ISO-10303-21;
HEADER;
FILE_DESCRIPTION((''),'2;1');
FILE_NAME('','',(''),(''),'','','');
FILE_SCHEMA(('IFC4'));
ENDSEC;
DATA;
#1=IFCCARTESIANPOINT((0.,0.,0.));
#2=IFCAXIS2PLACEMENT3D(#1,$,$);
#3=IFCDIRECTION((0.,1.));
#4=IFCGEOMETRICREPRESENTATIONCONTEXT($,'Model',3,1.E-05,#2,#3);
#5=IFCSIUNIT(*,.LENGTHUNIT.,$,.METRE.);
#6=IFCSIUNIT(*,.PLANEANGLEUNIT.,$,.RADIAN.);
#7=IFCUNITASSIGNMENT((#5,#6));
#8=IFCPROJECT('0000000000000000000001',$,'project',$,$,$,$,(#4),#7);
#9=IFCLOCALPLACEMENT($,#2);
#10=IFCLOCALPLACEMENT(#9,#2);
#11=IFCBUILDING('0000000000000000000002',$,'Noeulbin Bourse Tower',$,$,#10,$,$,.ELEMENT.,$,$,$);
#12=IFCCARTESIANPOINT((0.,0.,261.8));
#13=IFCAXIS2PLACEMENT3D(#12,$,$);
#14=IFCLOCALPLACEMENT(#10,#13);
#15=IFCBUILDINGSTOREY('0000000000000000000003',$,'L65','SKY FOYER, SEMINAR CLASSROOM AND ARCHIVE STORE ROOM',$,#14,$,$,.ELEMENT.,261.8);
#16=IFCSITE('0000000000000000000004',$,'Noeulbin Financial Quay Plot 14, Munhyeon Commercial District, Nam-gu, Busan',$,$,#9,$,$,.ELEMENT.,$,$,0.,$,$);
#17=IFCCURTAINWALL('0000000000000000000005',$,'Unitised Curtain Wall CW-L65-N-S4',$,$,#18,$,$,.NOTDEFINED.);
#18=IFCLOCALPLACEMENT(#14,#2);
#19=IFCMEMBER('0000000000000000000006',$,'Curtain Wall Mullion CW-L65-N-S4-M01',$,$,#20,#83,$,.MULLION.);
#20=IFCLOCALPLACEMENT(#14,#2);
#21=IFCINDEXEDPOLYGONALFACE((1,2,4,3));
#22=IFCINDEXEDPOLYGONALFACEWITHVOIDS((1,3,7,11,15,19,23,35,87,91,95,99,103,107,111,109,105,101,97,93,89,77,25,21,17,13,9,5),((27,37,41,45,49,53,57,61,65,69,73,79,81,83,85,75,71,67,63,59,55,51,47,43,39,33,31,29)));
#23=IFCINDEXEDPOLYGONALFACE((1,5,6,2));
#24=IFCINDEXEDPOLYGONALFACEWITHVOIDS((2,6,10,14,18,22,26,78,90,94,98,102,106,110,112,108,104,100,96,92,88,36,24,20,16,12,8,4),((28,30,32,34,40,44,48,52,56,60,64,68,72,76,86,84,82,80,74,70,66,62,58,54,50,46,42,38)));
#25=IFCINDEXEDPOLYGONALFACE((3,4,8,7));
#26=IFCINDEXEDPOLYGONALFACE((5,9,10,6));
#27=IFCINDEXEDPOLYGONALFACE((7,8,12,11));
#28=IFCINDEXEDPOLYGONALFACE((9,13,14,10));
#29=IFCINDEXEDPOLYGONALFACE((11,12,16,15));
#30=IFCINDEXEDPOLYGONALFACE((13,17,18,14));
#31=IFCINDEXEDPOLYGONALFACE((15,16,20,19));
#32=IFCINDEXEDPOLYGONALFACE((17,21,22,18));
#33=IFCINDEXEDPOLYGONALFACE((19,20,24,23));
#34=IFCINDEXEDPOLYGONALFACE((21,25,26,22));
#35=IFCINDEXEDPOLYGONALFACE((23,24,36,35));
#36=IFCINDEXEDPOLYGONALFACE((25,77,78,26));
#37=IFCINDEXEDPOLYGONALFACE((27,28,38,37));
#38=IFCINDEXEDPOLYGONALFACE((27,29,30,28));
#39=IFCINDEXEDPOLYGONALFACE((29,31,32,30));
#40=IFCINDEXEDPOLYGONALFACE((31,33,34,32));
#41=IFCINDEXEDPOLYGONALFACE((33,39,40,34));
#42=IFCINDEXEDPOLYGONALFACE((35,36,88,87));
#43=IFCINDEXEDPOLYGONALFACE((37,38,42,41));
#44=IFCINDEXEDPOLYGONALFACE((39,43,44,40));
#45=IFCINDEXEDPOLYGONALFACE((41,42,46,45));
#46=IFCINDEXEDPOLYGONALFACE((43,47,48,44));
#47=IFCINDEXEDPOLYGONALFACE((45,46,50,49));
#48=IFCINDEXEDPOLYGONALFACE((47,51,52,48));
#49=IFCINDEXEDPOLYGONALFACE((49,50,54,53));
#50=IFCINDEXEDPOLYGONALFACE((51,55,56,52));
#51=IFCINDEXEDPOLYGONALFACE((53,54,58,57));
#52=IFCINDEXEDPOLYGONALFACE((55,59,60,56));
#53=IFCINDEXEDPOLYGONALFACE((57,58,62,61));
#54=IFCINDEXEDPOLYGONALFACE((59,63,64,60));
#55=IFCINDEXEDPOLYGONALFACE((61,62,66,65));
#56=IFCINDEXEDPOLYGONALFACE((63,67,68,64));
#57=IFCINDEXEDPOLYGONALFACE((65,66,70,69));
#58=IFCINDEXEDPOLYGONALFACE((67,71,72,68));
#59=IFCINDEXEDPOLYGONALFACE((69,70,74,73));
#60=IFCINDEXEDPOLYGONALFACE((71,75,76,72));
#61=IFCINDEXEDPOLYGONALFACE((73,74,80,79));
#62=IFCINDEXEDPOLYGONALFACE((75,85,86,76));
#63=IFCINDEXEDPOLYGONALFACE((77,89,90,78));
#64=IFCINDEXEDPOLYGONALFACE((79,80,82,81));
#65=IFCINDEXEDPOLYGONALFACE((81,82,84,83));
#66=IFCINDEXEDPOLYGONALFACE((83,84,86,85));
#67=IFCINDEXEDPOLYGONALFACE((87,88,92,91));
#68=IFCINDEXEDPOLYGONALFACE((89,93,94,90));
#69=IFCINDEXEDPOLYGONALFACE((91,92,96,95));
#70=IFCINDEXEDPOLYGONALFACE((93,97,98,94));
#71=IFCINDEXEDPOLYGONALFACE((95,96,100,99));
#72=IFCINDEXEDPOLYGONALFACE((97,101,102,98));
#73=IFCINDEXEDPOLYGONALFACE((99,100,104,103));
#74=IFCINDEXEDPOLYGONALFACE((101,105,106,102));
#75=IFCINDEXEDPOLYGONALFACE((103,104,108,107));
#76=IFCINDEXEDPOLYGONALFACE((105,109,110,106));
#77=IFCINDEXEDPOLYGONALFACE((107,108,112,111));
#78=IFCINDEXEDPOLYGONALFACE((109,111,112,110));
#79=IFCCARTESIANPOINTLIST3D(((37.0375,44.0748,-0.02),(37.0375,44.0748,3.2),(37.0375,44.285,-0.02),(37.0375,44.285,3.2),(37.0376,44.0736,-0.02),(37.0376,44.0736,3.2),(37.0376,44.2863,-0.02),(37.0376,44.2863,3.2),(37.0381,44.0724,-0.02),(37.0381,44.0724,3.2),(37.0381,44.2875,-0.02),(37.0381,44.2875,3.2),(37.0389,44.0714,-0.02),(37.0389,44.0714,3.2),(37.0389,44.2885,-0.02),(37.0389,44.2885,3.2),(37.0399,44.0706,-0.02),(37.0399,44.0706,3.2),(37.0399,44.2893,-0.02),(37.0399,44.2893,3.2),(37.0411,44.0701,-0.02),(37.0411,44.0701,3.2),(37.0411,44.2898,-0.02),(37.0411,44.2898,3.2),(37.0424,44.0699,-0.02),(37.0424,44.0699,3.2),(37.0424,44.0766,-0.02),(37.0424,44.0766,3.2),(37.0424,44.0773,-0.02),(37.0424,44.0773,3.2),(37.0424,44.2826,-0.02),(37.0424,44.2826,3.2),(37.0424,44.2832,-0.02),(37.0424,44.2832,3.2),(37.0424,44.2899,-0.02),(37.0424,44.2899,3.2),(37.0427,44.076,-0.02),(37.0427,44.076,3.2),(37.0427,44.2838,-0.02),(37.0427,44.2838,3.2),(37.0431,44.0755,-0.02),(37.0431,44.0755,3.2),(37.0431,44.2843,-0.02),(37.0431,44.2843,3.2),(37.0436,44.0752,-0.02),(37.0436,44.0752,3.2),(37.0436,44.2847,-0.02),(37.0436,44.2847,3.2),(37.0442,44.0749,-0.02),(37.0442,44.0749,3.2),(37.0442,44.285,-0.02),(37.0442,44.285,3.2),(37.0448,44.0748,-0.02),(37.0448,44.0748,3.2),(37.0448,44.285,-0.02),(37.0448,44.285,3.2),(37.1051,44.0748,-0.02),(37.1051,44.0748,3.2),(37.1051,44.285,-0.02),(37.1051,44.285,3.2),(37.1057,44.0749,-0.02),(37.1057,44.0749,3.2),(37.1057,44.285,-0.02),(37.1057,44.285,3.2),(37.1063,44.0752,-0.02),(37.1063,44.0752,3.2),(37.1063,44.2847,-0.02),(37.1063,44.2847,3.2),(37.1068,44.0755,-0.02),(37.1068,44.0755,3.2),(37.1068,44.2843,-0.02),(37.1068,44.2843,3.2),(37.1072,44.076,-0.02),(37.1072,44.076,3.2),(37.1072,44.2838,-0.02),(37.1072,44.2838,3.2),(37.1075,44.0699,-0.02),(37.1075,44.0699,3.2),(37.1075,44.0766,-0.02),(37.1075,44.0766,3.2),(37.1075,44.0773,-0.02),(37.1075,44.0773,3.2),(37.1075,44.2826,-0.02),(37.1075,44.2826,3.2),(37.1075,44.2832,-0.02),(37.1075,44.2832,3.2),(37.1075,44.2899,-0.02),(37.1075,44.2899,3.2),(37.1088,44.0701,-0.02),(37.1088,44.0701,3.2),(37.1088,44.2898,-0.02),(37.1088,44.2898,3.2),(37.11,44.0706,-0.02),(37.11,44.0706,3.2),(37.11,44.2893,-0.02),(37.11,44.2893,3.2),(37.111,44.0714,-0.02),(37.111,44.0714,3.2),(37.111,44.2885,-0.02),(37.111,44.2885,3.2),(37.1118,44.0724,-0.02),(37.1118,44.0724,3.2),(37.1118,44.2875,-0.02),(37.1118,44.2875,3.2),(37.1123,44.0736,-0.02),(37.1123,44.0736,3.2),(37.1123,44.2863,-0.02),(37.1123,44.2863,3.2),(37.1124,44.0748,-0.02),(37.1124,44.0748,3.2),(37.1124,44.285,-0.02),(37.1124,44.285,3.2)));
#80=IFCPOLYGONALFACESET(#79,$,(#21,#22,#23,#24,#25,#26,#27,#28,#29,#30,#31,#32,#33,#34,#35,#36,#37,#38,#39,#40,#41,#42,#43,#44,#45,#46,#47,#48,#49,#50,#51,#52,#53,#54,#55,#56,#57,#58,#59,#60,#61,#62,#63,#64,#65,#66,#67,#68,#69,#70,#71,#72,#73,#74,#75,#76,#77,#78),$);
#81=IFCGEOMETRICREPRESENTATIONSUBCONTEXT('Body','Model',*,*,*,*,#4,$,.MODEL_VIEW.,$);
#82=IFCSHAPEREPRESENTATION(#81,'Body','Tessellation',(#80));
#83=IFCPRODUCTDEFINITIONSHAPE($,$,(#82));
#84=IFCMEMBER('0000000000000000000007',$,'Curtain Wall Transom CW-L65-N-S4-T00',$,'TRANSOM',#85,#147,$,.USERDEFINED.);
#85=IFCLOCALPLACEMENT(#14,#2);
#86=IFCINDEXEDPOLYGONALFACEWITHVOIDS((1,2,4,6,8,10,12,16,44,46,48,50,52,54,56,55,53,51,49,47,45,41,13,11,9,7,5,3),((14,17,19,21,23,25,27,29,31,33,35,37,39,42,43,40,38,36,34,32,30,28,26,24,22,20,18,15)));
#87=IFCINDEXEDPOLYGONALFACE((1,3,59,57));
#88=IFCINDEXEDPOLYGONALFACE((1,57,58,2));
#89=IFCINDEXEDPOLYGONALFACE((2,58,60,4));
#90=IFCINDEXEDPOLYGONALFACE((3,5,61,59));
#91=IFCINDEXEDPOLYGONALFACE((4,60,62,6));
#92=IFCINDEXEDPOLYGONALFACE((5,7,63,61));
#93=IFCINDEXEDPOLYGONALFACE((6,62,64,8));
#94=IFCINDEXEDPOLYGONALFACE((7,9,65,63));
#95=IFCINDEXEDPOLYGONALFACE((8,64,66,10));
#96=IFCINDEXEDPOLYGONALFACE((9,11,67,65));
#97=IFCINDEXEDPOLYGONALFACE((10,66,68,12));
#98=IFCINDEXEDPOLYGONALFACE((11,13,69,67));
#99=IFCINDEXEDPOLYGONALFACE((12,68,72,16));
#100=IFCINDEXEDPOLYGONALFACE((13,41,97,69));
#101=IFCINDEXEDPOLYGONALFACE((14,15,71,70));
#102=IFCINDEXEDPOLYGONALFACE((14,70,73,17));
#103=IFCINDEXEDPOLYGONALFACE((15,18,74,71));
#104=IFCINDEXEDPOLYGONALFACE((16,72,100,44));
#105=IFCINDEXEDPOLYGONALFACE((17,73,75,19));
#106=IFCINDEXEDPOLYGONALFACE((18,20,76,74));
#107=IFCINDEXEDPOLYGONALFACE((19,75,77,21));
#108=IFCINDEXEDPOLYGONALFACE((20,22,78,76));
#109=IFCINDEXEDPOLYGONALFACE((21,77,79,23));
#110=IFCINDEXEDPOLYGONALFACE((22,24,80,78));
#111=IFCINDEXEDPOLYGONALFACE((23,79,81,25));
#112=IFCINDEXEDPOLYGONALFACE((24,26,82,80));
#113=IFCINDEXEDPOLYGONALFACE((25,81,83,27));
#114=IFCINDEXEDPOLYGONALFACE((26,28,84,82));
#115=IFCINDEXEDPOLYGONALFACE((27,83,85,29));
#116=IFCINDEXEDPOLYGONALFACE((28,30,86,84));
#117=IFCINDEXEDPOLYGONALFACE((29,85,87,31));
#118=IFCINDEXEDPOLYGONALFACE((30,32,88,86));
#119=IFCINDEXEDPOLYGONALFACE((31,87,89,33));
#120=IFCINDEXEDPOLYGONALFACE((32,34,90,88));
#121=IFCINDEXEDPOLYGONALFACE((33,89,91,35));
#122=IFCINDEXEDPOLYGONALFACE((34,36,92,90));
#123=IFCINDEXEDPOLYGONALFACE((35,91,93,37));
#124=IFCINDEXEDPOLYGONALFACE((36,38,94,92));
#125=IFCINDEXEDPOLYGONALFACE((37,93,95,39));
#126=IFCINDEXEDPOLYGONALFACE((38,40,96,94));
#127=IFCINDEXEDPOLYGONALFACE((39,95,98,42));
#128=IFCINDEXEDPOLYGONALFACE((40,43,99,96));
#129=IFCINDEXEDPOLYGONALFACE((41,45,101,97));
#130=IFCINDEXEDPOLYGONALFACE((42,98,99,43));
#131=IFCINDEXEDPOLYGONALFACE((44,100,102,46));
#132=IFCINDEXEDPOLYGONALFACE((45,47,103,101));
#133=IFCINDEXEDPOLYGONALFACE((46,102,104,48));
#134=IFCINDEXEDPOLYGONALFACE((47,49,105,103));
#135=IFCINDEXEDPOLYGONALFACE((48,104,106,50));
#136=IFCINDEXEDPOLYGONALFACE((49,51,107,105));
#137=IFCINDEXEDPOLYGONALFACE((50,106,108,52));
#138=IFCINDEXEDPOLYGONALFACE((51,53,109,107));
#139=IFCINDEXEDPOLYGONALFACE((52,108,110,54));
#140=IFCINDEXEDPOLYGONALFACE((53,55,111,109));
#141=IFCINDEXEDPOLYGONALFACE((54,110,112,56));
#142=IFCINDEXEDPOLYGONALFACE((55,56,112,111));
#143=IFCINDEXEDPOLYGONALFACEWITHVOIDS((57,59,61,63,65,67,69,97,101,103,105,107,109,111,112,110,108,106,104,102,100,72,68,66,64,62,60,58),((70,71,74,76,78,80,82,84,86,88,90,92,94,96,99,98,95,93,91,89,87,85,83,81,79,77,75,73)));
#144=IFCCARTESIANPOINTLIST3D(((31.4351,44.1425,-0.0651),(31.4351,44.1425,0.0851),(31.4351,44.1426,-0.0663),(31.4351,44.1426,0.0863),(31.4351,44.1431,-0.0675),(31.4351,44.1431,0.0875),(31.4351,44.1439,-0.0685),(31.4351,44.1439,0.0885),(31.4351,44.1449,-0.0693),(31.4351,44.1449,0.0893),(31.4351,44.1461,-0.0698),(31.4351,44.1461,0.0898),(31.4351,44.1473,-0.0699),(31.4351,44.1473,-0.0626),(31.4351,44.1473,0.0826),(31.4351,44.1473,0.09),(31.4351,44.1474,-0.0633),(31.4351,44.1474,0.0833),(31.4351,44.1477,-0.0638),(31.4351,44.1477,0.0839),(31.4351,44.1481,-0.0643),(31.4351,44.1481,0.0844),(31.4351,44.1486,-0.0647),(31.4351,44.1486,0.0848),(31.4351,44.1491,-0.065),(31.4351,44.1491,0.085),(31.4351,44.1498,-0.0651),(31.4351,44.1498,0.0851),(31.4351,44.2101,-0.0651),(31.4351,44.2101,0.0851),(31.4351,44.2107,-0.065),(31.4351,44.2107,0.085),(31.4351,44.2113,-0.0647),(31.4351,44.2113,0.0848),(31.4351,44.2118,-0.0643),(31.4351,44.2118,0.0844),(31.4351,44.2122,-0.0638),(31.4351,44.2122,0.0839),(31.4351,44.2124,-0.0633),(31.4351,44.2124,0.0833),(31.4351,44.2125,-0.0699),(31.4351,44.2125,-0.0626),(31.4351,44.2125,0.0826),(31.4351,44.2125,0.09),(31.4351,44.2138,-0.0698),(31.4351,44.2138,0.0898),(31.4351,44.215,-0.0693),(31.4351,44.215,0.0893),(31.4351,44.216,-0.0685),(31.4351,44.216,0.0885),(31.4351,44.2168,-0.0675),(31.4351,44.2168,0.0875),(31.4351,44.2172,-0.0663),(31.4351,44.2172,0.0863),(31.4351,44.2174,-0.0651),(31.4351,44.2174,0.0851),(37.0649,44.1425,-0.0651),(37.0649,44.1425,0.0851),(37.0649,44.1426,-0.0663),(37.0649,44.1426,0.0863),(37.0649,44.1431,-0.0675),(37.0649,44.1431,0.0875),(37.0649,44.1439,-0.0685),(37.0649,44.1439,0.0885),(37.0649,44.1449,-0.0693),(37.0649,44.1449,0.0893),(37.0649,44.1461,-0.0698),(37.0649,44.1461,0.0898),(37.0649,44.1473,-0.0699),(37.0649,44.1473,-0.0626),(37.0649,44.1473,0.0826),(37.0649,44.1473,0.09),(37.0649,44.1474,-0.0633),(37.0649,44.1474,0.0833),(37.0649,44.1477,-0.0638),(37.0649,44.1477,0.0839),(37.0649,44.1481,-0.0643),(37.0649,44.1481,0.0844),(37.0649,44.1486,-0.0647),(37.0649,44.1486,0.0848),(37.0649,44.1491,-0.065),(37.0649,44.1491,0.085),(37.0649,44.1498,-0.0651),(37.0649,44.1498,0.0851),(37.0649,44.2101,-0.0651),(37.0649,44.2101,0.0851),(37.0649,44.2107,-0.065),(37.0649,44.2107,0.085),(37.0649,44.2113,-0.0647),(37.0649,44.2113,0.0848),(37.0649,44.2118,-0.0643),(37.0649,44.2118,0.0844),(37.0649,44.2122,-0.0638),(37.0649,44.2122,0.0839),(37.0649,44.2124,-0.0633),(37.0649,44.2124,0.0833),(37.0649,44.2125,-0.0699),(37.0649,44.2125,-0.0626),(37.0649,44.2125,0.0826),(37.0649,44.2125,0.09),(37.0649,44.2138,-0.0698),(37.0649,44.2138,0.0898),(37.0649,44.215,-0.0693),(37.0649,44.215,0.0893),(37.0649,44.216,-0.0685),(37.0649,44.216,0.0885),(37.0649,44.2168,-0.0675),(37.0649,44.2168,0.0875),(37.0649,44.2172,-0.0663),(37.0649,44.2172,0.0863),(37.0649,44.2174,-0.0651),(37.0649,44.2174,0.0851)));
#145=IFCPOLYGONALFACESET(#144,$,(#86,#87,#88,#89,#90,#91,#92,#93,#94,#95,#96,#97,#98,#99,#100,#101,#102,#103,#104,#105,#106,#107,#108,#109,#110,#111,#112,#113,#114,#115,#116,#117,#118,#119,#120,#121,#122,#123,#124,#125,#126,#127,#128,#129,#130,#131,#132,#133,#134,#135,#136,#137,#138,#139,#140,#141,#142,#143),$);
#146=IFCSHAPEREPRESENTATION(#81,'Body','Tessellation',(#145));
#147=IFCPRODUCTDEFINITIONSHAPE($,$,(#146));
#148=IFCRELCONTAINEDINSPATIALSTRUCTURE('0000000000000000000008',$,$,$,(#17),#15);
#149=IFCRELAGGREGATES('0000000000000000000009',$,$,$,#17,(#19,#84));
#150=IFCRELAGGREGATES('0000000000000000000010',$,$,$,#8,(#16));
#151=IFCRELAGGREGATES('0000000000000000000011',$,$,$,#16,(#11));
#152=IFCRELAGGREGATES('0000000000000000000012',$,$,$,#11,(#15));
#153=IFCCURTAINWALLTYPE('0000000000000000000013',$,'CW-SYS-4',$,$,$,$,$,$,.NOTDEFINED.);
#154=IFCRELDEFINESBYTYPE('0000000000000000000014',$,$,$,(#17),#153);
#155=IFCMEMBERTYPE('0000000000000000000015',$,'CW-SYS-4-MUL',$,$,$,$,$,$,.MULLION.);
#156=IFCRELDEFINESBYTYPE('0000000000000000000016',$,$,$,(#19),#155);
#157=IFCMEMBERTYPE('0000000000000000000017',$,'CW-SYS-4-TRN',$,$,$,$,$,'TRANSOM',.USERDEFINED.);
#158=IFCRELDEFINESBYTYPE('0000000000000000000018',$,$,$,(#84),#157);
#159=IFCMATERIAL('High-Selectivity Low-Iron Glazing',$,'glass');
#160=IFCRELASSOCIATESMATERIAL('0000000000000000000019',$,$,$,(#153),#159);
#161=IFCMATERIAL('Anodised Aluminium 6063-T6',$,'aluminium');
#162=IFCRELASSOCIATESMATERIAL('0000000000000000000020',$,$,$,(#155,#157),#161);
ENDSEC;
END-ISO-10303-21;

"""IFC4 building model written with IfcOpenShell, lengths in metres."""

from ifc_helpers import new_model, si_unit, direction, frame, origin, origin_2d, place, context, subcontext, project, spatial, hollow_rectangle, extrude, material, material_profile, profile_set, type_object, element, aggregate, save


model = new_model("IFC4")

# Units and contexts
model_context = context("Model", 3, precision=1e-05, world=origin(), true_north=direction((0.0, 1.0)))
body_context = subcontext(model_context, "Body", "Model", "MODEL_VIEW")
ifc_project = project(units=[si_unit("LENGTHUNIT", "METRE"), si_unit("PLANEANGLEUNIT", "RADIAN")], contexts=[model_context])

# Site, building, storey
site_placement = place(None, origin())
site = spatial("IfcSite", under=ifc_project, at=site_placement, Name="Noeulbin Financial Quay Plot 14, Munhyeon Commercial District, Nam-gu, Busan", CompositionType="ELEMENT", RefElevation=0.0)
building_placement = place(site_placement, origin())
building = spatial("IfcBuilding", under=site, at=building_placement, Name="Noeulbin Bourse Tower", CompositionType="ELEMENT")
storey_placement = place(building_placement, frame((0.0, 0.0, 261.8)))
storey = spatial("IfcBuildingStorey", under=building, at=storey_placement, Name="L65", Description="SKY FOYER, SEMINAR CLASSROOM AND ARCHIVE STORE ROOM", CompositionType="ELEMENT", Elevation=261.8)

# Curtain wall, members
ifc_material_1 = material(Name="High-Selectivity Low-Iron Glazing", Category="glass")
curtain_wall_type = type_object("IfcCurtainWallType", Name="CW-SYS-4", PredefinedType="NOTDEFINED", material=ifc_material_1)
curtain_wall_placement = place(storey_placement, origin())
curtain_wall = element("IfcCurtainWall", 1, at=curtain_wall_placement, inside=storey, type_object=curtain_wall_type, Name="Unitised Curtain Wall CW-L65-N-S4", PredefinedType="NOTDEFINED")
ifc_material_2 = material(Name="Anodised Aluminium 6063-T6", Category="aluminium")
ifc_material_profile_1 = material_profile(ifc_material_2, hollow_rectangle(XDim=0.075, YDim=0.22, WallThickness=0.0049, InnerFilletRadius=0.0024, OuterFilletRadius=0.0049, at=origin_2d()), Name="ALU-MULL-75x220x5", Category="LoadBearing")
ifc_profile_set_1 = profile_set([ifc_material_profile_1], Name="Anodised Aluminium 6063-T6")
member_type_1 = type_object("IfcMemberType", Name="CW-SYS-4-MUL", PredefinedType="MULLION", material=ifc_profile_set_1)
member_1_placement = place(storey_placement, frame((37.075, 44.1799, -0.02), z_axis=(0.0, 0.0, 1.0), x_axis=(1.0, 0.0, 0.0)))
member_1 = element("IfcMember", 2, at=member_1_placement, type_object=member_type_1, Name="Curtain Wall Mullion CW-L65-N-S4-M01", PredefinedType="MULLION", context=body_context, shape_type="SweptSolid", body=[
    extrude(hollow_rectangle(XDim=0.075, YDim=0.22, WallThickness=0.0049, InnerFilletRadius=0.0024, OuterFilletRadius=0.0049, at=origin_2d()), origin(), (0.0, 0.0, 1.0), 3.22),
])
ifc_material_profile_2 = material_profile(ifc_material_2, hollow_rectangle(XDim=0.075, YDim=0.1599, WallThickness=0.0049, InnerFilletRadius=0.0024, OuterFilletRadius=0.0049, at=origin_2d()), Name="ALU-TRAN-75x160x5", Category="LoadBearing")
ifc_profile_set_2 = profile_set([ifc_material_profile_2], Name="Anodised Aluminium 6063-T6")
member_type_2 = type_object("IfcMemberType", Name="CW-SYS-4-TRN", ElementType="TRANSOM", PredefinedType="USERDEFINED", material=ifc_profile_set_2)
member_2_placement = place(storey_placement, frame((31.4351, 44.1799, 0.01), z_axis=(1.0, 0.0, 0.0), x_axis=(0.0, 1.0, 0.0)))
member_2 = element("IfcMember", 3, at=member_2_placement, type_object=member_type_2, Name="Curtain Wall Transom CW-L65-N-S4-T00", ObjectType="TRANSOM", PredefinedType="USERDEFINED", context=body_context, shape_type="SweptSolid", body=[
    extrude(hollow_rectangle(XDim=0.075, YDim=0.1599, WallThickness=0.0049, InnerFilletRadius=0.0024, OuterFilletRadius=0.0049, at=origin_2d()), origin(), (0.0, 0.0, 1.0), 5.6299),
])
aggregate(curtain_wall, [member_1, member_2])

save(model, "model.ifc")
